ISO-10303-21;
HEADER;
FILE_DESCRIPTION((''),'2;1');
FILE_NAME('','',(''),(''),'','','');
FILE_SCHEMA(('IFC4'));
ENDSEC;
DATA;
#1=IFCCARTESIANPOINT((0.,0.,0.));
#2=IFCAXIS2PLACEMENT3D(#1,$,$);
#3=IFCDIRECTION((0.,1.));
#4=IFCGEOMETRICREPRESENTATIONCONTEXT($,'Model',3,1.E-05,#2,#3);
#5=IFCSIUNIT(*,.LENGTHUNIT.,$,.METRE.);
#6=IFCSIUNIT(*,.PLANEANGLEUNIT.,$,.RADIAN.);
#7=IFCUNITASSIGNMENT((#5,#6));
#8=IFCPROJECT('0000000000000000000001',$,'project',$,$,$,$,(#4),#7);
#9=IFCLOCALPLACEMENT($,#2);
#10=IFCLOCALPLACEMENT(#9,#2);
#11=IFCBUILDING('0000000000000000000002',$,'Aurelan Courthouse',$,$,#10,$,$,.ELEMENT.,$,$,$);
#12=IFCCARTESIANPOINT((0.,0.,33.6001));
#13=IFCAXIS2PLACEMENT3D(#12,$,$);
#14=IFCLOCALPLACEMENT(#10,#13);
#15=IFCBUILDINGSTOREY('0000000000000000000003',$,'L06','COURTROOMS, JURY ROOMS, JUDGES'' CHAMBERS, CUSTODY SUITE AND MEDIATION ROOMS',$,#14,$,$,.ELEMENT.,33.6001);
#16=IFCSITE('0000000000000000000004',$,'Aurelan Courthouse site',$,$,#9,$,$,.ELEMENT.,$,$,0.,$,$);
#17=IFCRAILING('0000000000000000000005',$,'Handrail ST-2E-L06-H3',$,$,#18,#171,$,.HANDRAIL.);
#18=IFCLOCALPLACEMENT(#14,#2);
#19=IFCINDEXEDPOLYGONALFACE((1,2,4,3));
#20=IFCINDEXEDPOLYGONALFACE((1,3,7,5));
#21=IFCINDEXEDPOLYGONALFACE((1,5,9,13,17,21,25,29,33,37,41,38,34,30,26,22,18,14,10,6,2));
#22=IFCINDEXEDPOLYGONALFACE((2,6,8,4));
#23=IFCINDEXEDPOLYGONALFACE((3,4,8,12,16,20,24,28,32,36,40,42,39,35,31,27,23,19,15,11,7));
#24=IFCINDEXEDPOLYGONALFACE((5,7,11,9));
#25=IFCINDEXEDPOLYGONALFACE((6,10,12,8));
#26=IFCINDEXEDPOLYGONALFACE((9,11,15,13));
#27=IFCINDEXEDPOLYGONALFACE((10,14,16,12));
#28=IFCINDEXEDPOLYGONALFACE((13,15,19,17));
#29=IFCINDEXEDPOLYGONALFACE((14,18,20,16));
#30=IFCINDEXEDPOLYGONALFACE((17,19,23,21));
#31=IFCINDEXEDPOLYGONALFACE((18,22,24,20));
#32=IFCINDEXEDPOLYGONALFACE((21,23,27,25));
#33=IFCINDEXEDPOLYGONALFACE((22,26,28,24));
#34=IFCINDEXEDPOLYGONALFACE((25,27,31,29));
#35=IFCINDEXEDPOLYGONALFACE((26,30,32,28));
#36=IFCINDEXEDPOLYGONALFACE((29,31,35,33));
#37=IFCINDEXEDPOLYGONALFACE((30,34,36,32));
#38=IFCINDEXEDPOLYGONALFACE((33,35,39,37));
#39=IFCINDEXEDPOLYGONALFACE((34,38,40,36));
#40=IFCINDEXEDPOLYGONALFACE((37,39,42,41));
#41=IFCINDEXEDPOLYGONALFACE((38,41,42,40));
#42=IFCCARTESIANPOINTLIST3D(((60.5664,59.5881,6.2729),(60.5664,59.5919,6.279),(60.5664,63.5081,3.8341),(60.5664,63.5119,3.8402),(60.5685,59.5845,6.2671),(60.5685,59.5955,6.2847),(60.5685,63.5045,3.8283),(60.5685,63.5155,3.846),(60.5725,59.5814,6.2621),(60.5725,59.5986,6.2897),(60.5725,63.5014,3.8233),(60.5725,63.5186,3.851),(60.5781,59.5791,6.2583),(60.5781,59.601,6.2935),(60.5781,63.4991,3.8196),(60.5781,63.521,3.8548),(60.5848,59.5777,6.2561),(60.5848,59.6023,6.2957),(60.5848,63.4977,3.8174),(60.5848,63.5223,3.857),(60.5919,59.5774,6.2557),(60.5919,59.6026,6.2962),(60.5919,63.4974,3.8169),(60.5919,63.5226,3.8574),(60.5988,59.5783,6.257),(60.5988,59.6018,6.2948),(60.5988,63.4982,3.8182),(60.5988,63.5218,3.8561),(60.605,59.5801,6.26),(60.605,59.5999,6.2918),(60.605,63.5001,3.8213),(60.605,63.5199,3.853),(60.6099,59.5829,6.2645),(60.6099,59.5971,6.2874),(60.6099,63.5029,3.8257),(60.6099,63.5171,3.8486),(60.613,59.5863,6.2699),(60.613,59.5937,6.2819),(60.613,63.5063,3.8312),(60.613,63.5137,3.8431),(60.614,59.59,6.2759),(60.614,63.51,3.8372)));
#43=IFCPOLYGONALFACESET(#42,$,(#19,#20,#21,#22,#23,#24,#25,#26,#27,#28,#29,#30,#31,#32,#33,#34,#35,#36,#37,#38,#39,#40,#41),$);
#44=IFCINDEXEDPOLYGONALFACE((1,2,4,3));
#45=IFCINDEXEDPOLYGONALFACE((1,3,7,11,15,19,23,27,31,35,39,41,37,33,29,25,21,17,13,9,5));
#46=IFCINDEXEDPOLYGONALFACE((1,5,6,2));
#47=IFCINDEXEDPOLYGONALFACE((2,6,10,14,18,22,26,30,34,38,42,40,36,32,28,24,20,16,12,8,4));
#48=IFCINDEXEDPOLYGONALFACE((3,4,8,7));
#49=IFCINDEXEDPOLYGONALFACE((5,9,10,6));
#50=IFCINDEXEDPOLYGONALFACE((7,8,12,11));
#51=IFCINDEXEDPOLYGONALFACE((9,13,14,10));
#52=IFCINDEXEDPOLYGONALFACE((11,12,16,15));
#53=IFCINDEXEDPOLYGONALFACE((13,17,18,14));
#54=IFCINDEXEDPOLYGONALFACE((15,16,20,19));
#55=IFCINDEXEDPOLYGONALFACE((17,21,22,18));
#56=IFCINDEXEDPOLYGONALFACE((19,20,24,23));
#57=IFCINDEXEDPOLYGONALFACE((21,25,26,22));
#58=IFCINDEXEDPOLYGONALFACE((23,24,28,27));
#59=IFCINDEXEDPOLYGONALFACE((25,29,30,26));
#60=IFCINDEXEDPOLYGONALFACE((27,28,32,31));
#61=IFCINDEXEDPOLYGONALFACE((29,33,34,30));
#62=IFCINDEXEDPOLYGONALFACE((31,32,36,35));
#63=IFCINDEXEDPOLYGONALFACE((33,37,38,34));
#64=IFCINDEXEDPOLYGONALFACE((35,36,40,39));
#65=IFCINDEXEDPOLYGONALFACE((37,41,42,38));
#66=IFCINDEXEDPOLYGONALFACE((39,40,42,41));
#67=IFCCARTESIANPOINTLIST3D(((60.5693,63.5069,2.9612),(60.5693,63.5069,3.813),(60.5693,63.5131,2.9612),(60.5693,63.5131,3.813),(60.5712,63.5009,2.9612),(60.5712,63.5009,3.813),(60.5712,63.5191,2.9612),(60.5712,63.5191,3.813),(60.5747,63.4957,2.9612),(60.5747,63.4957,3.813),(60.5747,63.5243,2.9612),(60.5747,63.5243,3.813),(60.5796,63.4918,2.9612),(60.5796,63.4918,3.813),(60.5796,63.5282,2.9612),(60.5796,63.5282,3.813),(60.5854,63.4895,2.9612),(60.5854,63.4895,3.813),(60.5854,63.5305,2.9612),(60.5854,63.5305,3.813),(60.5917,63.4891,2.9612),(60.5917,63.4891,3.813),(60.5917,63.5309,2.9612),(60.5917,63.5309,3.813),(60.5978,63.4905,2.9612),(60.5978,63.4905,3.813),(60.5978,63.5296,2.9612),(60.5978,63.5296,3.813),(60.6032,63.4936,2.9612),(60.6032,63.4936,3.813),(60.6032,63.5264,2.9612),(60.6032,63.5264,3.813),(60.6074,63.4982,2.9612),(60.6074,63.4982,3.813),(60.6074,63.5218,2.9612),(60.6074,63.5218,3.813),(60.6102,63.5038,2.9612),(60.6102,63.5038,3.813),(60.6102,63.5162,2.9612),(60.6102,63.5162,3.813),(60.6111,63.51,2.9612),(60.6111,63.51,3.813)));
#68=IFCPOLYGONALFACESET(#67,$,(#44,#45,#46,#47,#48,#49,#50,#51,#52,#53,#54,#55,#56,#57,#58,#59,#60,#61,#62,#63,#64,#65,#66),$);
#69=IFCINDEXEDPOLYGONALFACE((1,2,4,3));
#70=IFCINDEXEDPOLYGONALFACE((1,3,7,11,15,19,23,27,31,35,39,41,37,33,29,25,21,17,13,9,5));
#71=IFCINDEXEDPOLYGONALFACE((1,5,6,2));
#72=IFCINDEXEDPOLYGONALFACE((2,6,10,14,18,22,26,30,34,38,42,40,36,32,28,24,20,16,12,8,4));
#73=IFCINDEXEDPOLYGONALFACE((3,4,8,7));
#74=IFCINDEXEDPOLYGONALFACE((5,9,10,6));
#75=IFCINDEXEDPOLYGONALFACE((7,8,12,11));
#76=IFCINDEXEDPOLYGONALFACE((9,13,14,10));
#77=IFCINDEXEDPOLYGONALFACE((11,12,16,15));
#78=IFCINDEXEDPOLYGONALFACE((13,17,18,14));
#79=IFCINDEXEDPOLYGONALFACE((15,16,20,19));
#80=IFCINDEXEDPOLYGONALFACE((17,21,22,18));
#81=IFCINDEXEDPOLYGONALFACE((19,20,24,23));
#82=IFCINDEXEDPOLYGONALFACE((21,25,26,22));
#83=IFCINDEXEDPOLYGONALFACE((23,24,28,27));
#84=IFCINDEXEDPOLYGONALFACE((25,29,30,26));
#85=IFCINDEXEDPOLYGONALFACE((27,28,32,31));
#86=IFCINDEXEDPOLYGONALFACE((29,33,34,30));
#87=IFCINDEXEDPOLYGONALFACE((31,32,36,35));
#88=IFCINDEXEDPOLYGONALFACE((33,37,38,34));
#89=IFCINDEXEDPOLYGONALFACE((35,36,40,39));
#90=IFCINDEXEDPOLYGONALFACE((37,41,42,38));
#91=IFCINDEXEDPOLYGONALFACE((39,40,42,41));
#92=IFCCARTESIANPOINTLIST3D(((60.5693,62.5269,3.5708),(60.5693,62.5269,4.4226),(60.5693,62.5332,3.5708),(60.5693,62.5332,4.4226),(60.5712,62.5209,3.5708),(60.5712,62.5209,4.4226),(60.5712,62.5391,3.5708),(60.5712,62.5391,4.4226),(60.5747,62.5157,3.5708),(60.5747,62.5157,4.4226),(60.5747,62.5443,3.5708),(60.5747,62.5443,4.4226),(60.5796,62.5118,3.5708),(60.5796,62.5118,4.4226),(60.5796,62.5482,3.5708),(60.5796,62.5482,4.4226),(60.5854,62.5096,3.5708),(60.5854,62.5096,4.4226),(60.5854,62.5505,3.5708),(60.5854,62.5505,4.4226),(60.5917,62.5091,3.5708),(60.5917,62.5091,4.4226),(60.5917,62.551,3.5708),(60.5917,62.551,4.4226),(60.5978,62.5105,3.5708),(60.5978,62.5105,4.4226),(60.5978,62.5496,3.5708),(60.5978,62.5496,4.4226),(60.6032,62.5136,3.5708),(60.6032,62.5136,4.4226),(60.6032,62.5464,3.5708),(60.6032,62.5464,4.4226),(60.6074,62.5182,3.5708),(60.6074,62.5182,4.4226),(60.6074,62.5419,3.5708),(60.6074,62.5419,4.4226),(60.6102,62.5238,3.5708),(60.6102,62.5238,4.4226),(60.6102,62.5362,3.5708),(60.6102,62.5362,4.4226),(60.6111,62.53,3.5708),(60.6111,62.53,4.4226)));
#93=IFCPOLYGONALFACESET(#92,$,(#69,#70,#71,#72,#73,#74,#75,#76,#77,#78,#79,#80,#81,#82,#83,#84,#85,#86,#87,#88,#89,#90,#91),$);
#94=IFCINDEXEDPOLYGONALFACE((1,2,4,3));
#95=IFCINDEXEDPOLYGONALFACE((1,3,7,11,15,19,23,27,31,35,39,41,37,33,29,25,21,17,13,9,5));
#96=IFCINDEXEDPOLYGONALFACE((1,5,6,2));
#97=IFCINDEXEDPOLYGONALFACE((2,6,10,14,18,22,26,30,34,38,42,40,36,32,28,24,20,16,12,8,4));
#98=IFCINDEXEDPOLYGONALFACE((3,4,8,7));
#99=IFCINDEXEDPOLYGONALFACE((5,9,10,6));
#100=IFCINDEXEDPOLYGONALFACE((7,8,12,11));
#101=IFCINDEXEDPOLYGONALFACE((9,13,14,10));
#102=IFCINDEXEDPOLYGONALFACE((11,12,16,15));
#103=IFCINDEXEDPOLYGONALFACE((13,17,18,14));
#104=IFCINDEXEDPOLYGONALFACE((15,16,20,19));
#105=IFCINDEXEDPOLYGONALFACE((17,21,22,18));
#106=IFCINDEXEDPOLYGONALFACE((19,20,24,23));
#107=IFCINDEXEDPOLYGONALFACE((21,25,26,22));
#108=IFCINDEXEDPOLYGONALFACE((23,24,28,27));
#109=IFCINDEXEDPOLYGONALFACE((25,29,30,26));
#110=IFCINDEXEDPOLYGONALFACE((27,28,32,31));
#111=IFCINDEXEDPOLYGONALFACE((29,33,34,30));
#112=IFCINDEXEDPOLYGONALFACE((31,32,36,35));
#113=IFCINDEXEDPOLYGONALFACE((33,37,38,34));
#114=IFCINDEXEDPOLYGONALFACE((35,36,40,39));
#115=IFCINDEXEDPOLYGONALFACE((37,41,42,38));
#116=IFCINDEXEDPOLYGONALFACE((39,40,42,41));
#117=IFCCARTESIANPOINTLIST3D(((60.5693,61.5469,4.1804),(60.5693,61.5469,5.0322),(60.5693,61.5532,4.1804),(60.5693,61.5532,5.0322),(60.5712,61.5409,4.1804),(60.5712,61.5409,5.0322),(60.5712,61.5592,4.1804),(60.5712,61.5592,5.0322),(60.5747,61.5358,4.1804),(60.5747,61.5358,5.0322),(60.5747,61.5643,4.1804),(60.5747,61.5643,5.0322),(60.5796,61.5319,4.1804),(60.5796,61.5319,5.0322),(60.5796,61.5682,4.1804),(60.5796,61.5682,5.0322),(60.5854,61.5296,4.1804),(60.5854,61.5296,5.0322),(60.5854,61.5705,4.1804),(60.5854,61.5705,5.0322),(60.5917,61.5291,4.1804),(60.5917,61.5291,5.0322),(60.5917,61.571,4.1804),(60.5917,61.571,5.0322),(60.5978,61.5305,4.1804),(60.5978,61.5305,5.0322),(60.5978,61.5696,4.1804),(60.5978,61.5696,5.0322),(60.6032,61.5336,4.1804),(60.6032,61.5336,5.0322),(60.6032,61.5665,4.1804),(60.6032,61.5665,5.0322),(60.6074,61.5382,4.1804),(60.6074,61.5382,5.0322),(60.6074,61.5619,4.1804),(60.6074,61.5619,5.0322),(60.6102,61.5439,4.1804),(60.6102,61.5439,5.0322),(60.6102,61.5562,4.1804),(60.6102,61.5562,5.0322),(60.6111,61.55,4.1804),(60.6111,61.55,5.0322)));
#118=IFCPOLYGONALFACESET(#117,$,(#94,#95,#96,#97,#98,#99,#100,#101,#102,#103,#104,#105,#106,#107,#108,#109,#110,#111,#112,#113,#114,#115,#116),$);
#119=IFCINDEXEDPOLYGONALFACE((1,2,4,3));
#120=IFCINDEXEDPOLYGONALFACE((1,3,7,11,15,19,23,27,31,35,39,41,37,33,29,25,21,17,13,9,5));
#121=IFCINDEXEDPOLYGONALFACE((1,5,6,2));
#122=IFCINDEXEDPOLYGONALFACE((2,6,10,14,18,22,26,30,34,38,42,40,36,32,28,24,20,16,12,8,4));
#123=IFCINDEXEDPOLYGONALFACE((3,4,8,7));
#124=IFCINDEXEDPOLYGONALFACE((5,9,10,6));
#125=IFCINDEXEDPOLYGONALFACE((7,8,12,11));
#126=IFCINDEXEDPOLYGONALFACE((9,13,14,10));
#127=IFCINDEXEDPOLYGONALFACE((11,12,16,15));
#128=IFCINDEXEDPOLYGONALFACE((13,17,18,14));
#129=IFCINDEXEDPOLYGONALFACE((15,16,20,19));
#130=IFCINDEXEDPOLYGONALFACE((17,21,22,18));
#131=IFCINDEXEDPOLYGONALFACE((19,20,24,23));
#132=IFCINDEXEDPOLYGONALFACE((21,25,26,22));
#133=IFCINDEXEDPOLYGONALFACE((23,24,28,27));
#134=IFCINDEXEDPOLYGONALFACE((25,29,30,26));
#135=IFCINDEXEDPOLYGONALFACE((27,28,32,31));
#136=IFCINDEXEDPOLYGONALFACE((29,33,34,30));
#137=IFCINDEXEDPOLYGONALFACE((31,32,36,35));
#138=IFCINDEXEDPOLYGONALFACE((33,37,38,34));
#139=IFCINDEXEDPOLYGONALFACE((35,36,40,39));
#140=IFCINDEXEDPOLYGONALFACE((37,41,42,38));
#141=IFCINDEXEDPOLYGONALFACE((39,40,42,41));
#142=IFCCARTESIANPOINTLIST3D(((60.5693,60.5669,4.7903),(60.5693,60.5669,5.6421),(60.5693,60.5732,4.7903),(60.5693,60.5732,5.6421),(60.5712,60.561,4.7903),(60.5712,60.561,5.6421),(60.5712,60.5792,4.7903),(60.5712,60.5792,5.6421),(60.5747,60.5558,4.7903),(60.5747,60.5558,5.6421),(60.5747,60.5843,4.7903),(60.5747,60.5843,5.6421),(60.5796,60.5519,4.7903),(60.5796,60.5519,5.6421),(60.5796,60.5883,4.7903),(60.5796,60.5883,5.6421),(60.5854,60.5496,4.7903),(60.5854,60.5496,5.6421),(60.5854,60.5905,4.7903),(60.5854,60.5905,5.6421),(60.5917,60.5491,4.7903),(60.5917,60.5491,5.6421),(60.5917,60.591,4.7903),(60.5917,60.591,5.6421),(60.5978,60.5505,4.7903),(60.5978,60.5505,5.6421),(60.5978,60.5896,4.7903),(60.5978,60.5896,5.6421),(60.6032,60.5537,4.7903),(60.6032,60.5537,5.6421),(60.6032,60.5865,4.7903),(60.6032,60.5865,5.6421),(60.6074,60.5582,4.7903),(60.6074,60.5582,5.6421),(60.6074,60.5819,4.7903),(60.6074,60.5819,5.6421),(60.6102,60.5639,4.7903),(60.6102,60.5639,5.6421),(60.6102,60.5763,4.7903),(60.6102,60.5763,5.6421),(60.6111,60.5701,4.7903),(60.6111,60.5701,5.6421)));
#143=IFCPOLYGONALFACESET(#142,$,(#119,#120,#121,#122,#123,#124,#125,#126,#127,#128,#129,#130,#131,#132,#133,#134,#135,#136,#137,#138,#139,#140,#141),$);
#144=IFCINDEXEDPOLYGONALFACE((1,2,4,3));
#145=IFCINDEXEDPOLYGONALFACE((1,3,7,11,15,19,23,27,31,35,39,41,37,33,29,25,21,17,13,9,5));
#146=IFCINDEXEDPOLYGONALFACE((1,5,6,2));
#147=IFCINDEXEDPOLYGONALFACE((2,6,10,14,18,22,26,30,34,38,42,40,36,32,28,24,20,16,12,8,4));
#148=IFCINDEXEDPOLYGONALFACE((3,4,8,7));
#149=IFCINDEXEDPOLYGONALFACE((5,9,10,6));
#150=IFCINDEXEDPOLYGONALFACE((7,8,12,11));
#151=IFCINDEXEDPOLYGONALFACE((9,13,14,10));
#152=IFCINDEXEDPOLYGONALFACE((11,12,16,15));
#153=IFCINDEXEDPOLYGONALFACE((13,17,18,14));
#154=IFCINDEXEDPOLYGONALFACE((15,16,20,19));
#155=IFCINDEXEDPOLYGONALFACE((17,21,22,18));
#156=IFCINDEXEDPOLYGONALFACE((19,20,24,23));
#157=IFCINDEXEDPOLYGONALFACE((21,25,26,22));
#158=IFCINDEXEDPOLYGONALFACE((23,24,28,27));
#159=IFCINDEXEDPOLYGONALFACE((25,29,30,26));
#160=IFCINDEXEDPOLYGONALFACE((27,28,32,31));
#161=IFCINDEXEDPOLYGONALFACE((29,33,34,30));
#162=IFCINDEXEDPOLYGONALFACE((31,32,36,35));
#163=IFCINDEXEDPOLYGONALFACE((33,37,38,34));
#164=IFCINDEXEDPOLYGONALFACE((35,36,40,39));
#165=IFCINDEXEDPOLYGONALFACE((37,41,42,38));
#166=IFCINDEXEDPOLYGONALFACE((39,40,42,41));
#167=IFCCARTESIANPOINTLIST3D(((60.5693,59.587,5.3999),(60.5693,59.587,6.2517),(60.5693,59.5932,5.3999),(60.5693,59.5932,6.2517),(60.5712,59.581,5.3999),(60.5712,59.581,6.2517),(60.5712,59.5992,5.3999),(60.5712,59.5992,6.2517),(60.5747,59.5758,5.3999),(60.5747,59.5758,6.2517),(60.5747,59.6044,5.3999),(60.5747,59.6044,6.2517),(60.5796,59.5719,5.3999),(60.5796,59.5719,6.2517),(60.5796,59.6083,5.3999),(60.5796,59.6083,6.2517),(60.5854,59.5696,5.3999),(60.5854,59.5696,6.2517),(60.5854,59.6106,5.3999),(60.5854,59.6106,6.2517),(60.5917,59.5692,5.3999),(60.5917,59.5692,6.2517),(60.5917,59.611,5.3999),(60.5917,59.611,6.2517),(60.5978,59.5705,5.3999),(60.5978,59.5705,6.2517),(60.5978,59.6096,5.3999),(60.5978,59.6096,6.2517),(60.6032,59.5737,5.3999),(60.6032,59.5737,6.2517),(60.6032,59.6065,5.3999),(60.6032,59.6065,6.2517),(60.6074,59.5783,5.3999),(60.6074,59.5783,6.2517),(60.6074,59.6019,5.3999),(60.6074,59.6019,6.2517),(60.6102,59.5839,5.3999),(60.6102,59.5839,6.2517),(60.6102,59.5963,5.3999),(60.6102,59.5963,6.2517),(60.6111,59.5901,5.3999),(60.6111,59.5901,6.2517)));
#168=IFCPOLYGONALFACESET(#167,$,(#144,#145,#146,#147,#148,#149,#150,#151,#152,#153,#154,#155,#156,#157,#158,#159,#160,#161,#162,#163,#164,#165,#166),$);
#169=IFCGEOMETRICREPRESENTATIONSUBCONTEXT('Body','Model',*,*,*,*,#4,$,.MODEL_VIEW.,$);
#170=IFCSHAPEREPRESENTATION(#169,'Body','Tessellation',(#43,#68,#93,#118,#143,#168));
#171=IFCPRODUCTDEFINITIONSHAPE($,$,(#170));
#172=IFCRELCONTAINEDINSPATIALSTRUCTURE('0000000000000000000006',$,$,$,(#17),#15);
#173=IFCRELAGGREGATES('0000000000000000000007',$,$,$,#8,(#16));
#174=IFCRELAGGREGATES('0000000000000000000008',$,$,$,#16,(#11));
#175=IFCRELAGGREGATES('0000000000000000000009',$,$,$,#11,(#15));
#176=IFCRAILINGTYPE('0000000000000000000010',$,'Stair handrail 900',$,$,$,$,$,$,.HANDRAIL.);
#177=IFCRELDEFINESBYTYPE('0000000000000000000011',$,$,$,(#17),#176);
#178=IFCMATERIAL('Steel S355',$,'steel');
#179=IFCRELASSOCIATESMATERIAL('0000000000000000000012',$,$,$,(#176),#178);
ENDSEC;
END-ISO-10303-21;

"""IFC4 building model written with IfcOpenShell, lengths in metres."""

from ifc_helpers import new_model, si_unit, direction, frame, origin, origin_2d, place, context, subcontext, project, spatial, circle, extrude, material, type_object, element, save


model = new_model("IFC4")

# Units and contexts
model_context = context("Model", 3, precision=1e-05, world=origin(), true_north=direction((0.0, 1.0)))
body_context = subcontext(model_context, "Body", "Model", "MODEL_VIEW")
ifc_project = project(units=[si_unit("LENGTHUNIT", "METRE"), si_unit("PLANEANGLEUNIT", "RADIAN")], contexts=[model_context])

# Site, building, storey
site_placement = place(None, origin())
site = spatial("IfcSite", under=ifc_project, at=site_placement, Name="Aurelan Courthouse site", CompositionType="ELEMENT", RefElevation=0.0)
building_placement = place(site_placement, origin())
building = spatial("IfcBuilding", under=site, at=building_placement, Name="Aurelan Courthouse", CompositionType="ELEMENT")
storey_placement = place(building_placement, frame((0.0, 0.0, 33.6001)))
storey = spatial("IfcBuildingStorey", under=building, at=storey_placement, Name="L06", Description="COURTROOMS, JURY ROOMS, JUDGES' CHAMBERS, CUSTODY SUITE AND MEDIATION ROOMS", CompositionType="ELEMENT", Elevation=33.6001)

# Railing
ifc_material_1 = material(Name="Steel S355", Category="steel")
railing_type_1 = type_object("IfcRailingType", Name="Stair handrail 900", PredefinedType="HANDRAIL", material=ifc_material_1)
for number, where, name in (
    (1, (60.5901, 63.51, 2.9612), "Handrail ST-2E-L06-H3"),
):
    element("IfcRailing", number, at=place(storey_placement, frame(where)), inside=storey, type_object=railing_type_1, Name=name, PredefinedType="HANDRAIL", context=body_context, shape_type="SweptSolid", body=[
        extrude(circle(Radius=0.0239, at=origin_2d()), frame((0.0, 0.0, 0.876), z_axis=(0.0, -0.84909, 0.528249), x_axis=(1.0, 0.0, 0.0)), (0.0, 0.0, 1.0), 4.6167),
        extrude(circle(Radius=0.021, at=origin_2d()), origin(), (0.0, 0.0, 1.0), 0.8518),
        extrude(circle(Radius=0.021, at=origin_2d()), frame((0.0, -0.98, 0.6096)), (0.0, 0.0, 1.0), 0.8518),
        extrude(circle(Radius=0.021, at=origin_2d()), frame((0.0, -1.96, 1.2192)), (0.0, 0.0, 1.0), 0.8518),
        extrude(circle(Radius=0.021, at=origin_2d()), frame((0.0, -2.9399, 1.8291)), (0.0, 0.0, 1.0), 0.8518),
        extrude(circle(Radius=0.021, at=origin_2d()), frame((0.0, -3.9199, 2.4387)), (0.0, 0.0, 1.0), 0.8518),
    ])

save(model, "model.ifc")
